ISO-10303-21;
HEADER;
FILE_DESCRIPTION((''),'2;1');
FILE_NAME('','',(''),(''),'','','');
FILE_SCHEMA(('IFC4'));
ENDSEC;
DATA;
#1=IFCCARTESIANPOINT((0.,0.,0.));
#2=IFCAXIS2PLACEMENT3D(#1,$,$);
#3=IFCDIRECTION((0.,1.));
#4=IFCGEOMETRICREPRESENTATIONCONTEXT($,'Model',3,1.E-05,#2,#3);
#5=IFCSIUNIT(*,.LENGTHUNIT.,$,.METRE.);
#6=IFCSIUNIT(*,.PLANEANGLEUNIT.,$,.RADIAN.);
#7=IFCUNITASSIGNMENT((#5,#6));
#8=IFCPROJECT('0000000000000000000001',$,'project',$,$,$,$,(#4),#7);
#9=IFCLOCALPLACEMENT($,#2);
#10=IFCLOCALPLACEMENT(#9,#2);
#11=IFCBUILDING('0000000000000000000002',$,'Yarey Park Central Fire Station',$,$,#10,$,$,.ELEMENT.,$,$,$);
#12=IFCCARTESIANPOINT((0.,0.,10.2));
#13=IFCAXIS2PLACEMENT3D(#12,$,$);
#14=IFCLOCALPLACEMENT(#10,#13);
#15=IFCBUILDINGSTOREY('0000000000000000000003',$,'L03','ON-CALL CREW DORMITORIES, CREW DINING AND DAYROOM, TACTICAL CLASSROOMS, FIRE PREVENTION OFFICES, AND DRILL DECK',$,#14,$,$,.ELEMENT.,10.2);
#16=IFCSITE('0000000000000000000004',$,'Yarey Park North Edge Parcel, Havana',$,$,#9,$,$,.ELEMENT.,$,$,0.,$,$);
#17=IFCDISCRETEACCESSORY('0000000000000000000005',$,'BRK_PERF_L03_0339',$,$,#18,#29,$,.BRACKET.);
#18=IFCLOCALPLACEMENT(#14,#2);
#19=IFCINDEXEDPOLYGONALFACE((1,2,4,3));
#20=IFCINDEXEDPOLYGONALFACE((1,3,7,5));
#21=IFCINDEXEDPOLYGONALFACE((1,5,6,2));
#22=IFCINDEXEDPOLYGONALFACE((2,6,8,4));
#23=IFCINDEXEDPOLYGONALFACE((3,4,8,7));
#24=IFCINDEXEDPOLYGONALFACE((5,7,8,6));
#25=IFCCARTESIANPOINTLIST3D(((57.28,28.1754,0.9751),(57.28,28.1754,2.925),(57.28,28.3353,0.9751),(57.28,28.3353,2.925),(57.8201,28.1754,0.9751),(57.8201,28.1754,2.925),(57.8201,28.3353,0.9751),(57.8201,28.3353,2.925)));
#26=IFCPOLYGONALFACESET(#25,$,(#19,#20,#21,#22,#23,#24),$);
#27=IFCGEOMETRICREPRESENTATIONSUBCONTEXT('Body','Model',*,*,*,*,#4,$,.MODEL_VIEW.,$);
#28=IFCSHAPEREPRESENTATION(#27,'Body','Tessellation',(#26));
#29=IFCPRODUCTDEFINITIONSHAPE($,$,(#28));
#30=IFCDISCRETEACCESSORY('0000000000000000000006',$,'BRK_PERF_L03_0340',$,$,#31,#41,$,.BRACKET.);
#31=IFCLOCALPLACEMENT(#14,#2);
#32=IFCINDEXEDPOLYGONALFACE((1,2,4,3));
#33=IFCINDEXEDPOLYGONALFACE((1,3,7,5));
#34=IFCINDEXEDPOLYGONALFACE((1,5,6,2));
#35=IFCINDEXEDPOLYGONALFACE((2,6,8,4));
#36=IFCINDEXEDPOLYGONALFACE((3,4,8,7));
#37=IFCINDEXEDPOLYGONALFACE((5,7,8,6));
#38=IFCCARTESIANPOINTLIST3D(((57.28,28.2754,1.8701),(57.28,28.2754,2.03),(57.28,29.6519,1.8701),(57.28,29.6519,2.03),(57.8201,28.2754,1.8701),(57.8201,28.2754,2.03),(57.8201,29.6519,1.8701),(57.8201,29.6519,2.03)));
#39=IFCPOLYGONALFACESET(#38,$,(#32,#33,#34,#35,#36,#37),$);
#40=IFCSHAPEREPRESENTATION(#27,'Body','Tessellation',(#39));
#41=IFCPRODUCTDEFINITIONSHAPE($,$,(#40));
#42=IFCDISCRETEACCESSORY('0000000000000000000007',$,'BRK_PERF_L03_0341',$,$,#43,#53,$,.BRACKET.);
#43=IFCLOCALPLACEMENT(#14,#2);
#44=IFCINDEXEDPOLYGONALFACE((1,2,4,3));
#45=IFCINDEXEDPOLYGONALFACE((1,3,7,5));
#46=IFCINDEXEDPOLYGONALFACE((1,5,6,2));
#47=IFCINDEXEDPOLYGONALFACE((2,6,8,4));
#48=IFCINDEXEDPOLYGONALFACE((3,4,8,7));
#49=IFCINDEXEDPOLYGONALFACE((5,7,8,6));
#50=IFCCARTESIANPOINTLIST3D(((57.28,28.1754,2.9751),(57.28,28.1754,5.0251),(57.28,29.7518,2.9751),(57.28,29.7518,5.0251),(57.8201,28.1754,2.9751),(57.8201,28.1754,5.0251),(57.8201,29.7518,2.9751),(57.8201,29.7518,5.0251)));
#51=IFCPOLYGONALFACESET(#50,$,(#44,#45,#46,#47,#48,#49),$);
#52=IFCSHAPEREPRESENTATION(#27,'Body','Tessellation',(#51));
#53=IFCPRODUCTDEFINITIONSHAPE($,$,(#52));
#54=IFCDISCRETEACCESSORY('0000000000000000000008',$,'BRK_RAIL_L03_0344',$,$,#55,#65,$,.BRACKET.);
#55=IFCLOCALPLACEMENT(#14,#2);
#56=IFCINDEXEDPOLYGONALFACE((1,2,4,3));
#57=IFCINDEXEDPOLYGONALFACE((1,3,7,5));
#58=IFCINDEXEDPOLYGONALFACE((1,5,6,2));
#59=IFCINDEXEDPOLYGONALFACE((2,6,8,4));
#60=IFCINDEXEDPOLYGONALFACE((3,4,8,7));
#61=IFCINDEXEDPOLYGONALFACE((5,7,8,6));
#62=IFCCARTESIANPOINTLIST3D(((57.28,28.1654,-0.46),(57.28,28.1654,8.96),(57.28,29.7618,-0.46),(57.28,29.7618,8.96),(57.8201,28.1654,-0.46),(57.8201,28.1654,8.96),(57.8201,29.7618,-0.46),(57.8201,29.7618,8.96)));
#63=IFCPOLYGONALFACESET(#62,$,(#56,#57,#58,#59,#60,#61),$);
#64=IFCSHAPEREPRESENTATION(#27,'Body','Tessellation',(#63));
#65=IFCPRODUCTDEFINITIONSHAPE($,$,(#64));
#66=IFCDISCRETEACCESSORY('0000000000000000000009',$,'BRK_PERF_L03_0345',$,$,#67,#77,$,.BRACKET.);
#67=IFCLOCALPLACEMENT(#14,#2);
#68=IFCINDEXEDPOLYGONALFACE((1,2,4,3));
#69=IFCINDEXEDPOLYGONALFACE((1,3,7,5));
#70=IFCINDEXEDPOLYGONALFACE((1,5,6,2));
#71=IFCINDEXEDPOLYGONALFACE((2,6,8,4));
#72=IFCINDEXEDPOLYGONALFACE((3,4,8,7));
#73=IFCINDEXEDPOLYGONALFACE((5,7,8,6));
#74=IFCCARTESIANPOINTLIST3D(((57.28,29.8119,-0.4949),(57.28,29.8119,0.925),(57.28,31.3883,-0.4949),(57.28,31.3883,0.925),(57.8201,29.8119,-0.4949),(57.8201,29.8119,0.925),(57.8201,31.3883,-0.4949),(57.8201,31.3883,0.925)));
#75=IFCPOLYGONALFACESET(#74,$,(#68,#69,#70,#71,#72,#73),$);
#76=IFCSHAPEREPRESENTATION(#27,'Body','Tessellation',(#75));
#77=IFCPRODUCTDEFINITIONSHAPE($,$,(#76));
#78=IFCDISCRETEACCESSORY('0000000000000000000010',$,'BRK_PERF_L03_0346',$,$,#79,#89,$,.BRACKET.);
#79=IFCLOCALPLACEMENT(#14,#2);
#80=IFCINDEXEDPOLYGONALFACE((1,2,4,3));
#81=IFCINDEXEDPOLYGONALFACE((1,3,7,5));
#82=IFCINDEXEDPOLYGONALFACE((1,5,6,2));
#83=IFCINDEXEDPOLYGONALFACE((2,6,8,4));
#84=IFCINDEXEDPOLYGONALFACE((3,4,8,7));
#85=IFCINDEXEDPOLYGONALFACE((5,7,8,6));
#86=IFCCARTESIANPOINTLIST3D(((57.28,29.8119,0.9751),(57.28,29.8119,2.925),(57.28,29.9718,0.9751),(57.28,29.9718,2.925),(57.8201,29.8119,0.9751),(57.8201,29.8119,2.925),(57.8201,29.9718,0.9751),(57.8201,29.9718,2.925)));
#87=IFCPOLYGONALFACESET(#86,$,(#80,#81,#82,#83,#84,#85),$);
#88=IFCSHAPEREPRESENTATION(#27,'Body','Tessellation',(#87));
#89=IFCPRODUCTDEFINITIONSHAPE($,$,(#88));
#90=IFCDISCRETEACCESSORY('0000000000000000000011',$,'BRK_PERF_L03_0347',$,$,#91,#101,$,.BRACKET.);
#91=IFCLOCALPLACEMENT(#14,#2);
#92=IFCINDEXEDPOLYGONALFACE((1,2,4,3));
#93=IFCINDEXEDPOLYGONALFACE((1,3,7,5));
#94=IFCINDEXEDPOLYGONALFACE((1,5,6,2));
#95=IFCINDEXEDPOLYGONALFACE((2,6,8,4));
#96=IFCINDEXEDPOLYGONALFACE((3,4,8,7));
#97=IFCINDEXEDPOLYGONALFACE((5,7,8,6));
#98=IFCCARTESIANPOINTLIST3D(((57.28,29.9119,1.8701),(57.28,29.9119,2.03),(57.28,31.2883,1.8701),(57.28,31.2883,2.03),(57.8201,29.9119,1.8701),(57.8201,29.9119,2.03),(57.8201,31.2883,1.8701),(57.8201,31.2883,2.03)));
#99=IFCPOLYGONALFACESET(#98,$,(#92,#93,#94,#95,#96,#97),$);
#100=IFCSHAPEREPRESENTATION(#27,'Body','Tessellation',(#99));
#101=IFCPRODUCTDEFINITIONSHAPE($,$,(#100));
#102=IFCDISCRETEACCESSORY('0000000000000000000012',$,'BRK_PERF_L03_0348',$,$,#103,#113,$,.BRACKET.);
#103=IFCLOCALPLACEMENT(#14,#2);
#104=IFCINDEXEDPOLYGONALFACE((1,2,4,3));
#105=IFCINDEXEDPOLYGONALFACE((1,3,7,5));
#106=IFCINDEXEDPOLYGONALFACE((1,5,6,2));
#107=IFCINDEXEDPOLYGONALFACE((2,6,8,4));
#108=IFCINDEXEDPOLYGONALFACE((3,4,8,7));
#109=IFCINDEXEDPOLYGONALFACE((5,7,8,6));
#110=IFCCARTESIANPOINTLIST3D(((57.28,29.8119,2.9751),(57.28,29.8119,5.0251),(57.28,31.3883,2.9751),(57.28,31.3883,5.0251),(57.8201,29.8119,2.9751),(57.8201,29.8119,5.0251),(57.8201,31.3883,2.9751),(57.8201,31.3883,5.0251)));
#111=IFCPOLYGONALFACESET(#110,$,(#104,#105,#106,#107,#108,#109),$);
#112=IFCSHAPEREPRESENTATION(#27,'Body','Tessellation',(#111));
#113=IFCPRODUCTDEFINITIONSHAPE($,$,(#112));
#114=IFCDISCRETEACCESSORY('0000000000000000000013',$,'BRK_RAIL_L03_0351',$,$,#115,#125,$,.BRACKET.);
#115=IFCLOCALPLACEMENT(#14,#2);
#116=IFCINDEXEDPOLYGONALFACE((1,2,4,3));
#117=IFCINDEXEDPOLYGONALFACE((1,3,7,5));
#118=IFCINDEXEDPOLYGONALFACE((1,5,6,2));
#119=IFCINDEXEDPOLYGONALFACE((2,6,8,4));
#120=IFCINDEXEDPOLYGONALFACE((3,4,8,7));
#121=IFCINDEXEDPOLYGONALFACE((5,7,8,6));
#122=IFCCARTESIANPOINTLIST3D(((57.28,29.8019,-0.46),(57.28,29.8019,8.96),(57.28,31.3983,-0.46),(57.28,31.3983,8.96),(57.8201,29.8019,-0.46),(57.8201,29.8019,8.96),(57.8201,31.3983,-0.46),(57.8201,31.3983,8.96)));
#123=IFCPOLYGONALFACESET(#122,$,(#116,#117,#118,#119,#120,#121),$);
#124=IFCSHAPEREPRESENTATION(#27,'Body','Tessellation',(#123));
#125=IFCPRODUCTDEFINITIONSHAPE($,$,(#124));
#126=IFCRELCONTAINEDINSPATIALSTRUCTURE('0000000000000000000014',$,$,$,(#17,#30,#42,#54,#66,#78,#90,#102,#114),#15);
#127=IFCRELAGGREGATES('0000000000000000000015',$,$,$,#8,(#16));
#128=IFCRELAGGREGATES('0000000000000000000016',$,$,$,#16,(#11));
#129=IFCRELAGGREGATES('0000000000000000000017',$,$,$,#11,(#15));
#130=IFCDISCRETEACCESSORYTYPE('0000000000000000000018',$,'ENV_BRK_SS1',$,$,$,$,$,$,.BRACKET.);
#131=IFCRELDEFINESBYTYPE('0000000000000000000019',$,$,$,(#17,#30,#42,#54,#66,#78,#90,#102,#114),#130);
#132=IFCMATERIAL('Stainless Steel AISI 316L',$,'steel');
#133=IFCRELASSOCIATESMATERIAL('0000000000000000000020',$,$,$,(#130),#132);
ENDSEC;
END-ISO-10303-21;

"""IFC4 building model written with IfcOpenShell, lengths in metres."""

from ifc_helpers import new_model, si_unit, direction, frame, origin, origin_2d, place, context, subcontext, project, spatial, rectangle, extrude, material, type_object, element, save


model = new_model("IFC4")

# Units and contexts
model_context = context("Model", 3, precision=1e-05, world=origin(), true_north=direction((0.0, 1.0)))
body_context = subcontext(model_context, "Body", "Model", "MODEL_VIEW")
ifc_project = project(units=[si_unit("LENGTHUNIT", "METRE"), si_unit("PLANEANGLEUNIT", "RADIAN")], contexts=[model_context])

# Site, building, storey
site_placement = place(None, origin())
site = spatial("IfcSite", under=ifc_project, at=site_placement, Name="Yarey Park North Edge Parcel, Havana", CompositionType="ELEMENT", RefElevation=0.0)
building_placement = place(site_placement, origin())
building = spatial("IfcBuilding", under=site, at=building_placement, Name="Yarey Park Central Fire Station", CompositionType="ELEMENT")
storey_placement = place(building_placement, frame((0.0, 0.0, 10.2)))
storey = spatial("IfcBuildingStorey", under=building, at=storey_placement, Name="L03", Description="ON-CALL CREW DORMITORIES, CREW DINING AND DAYROOM, TACTICAL CLASSROOMS, FIRE PREVENTION OFFICES, AND DRILL DECK", CompositionType="ELEMENT", Elevation=10.2)

# Discrete accessories
ifc_material_1 = material(Name="Stainless Steel AISI 316L", Category="steel")
discrete_accessory_type = type_object("IfcDiscreteAccessoryType", Name="ENV_BRK_SS1", PredefinedType="BRACKET", material=ifc_material_1)
discrete_accessory_1_placement = place(storey_placement, frame((57.55, 28.2554, 0.9751), z_axis=(0.0, 0.0, 1.0), x_axis=(1.0, 0.0, 0.0)))
element("IfcDiscreteAccessory", 1, at=discrete_accessory_1_placement, inside=storey, type_object=discrete_accessory_type, Name="BRK_PERF_L03_0339", PredefinedType="BRACKET", context=body_context, shape_type="SweptSolid", body=[
    extrude(rectangle(XDim=0.54, YDim=0.1599, at=origin_2d()), origin(), (0.0, 0.0, 1.0), 1.95),
])
discrete_accessory_2_placement = place(storey_placement, frame((57.55, 28.9636, 1.8701), z_axis=(0.0, 0.0, 1.0), x_axis=(1.0, 0.0, 0.0)))
element("IfcDiscreteAccessory", 2, at=discrete_accessory_2_placement, inside=storey, type_object=discrete_accessory_type, Name="BRK_PERF_L03_0340", PredefinedType="BRACKET", context=body_context, shape_type="SweptSolid", body=[
    extrude(rectangle(XDim=0.54, YDim=1.3765, at=origin_2d()), origin(), (0.0, 0.0, 1.0), 0.1599),
])
discrete_accessory_3_placement = place(storey_placement, frame((57.55, 28.9636, 2.9751), z_axis=(0.0, 0.0, 1.0), x_axis=(1.0, 0.0, 0.0)))
element("IfcDiscreteAccessory", 3, at=discrete_accessory_3_placement, inside=storey, type_object=discrete_accessory_type, Name="BRK_PERF_L03_0341", PredefinedType="BRACKET", context=body_context, shape_type="SweptSolid", body=[
    extrude(rectangle(XDim=0.54, YDim=1.5764, at=origin_2d()), origin(), (0.0, 0.0, 1.0), 2.05),
])
discrete_accessory_4_placement = place(storey_placement, frame((57.55, 28.9636, -0.46), z_axis=(0.0, 0.0, 1.0), x_axis=(1.0, 0.0, 0.0)))
element("IfcDiscreteAccessory", 4, at=discrete_accessory_4_placement, inside=storey, type_object=discrete_accessory_type, Name="BRK_RAIL_L03_0344", PredefinedType="BRACKET", context=body_context, shape_type="SweptSolid", body=[
    extrude(rectangle(XDim=0.54, YDim=1.5964, at=origin_2d()), origin(), (0.0, 0.0, 1.0), 9.4199),
])
discrete_accessory_5_placement = place(storey_placement, frame((57.55, 30.6001, -0.4949), z_axis=(0.0, 0.0, 1.0), x_axis=(1.0, 0.0, 0.0)))
element("IfcDiscreteAccessory", 5, at=discrete_accessory_5_placement, inside=storey, type_object=discrete_accessory_type, Name="BRK_PERF_L03_0345", PredefinedType="BRACKET", context=body_context, shape_type="SweptSolid", body=[
    extrude(rectangle(XDim=0.54, YDim=1.5764, at=origin_2d()), origin(), (0.0, 0.0, 1.0), 1.4199),
])
discrete_accessory_6_placement = place(storey_placement, frame((57.55, 29.8918, 0.9751), z_axis=(0.0, 0.0, 1.0), x_axis=(1.0, 0.0, 0.0)))
element("IfcDiscreteAccessory", 6, at=discrete_accessory_6_placement, inside=storey, type_object=discrete_accessory_type, Name="BRK_PERF_L03_0346", PredefinedType="BRACKET", context=body_context, shape_type="SweptSolid", body=[
    extrude(rectangle(XDim=0.54, YDim=0.1599, at=origin_2d()), origin(), (0.0, 0.0, 1.0), 1.95),
])
discrete_accessory_7_placement = place(storey_placement, frame((57.55, 30.6001, 1.8701), z_axis=(0.0, 0.0, 1.0), x_axis=(1.0, 0.0, 0.0)))
element("IfcDiscreteAccessory", 7, at=discrete_accessory_7_placement, inside=storey, type_object=discrete_accessory_type, Name="BRK_PERF_L03_0347", PredefinedType="BRACKET", context=body_context, shape_type="SweptSolid", body=[
    extrude(rectangle(XDim=0.54, YDim=1.3765, at=origin_2d()), origin(), (0.0, 0.0, 1.0), 0.1599),
])
discrete_accessory_8_placement = place(storey_placement, frame((57.55, 30.6001, 2.9751), z_axis=(0.0, 0.0, 1.0), x_axis=(1.0, 0.0, 0.0)))
element("IfcDiscreteAccessory", 8, at=discrete_accessory_8_placement, inside=storey, type_object=discrete_accessory_type, Name="BRK_PERF_L03_0348", PredefinedType="BRACKET", context=body_context, shape_type="SweptSolid", body=[
    extrude(rectangle(XDim=0.54, YDim=1.5764, at=origin_2d()), origin(), (0.0, 0.0, 1.0), 2.05),
])
discrete_accessory_9_placement = place(storey_placement, frame((57.55, 30.6001, -0.46), z_axis=(0.0, 0.0, 1.0), x_axis=(1.0, 0.0, 0.0)))
element("IfcDiscreteAccessory", 9, at=discrete_accessory_9_placement, inside=storey, type_object=discrete_accessory_type, Name="BRK_RAIL_L03_0351", PredefinedType="BRACKET", context=body_context, shape_type="SweptSolid", body=[
    extrude(rectangle(XDim=0.54, YDim=1.5964, at=origin_2d()), origin(), (0.0, 0.0, 1.0), 9.4199),
])

save(model, "model.ifc")
